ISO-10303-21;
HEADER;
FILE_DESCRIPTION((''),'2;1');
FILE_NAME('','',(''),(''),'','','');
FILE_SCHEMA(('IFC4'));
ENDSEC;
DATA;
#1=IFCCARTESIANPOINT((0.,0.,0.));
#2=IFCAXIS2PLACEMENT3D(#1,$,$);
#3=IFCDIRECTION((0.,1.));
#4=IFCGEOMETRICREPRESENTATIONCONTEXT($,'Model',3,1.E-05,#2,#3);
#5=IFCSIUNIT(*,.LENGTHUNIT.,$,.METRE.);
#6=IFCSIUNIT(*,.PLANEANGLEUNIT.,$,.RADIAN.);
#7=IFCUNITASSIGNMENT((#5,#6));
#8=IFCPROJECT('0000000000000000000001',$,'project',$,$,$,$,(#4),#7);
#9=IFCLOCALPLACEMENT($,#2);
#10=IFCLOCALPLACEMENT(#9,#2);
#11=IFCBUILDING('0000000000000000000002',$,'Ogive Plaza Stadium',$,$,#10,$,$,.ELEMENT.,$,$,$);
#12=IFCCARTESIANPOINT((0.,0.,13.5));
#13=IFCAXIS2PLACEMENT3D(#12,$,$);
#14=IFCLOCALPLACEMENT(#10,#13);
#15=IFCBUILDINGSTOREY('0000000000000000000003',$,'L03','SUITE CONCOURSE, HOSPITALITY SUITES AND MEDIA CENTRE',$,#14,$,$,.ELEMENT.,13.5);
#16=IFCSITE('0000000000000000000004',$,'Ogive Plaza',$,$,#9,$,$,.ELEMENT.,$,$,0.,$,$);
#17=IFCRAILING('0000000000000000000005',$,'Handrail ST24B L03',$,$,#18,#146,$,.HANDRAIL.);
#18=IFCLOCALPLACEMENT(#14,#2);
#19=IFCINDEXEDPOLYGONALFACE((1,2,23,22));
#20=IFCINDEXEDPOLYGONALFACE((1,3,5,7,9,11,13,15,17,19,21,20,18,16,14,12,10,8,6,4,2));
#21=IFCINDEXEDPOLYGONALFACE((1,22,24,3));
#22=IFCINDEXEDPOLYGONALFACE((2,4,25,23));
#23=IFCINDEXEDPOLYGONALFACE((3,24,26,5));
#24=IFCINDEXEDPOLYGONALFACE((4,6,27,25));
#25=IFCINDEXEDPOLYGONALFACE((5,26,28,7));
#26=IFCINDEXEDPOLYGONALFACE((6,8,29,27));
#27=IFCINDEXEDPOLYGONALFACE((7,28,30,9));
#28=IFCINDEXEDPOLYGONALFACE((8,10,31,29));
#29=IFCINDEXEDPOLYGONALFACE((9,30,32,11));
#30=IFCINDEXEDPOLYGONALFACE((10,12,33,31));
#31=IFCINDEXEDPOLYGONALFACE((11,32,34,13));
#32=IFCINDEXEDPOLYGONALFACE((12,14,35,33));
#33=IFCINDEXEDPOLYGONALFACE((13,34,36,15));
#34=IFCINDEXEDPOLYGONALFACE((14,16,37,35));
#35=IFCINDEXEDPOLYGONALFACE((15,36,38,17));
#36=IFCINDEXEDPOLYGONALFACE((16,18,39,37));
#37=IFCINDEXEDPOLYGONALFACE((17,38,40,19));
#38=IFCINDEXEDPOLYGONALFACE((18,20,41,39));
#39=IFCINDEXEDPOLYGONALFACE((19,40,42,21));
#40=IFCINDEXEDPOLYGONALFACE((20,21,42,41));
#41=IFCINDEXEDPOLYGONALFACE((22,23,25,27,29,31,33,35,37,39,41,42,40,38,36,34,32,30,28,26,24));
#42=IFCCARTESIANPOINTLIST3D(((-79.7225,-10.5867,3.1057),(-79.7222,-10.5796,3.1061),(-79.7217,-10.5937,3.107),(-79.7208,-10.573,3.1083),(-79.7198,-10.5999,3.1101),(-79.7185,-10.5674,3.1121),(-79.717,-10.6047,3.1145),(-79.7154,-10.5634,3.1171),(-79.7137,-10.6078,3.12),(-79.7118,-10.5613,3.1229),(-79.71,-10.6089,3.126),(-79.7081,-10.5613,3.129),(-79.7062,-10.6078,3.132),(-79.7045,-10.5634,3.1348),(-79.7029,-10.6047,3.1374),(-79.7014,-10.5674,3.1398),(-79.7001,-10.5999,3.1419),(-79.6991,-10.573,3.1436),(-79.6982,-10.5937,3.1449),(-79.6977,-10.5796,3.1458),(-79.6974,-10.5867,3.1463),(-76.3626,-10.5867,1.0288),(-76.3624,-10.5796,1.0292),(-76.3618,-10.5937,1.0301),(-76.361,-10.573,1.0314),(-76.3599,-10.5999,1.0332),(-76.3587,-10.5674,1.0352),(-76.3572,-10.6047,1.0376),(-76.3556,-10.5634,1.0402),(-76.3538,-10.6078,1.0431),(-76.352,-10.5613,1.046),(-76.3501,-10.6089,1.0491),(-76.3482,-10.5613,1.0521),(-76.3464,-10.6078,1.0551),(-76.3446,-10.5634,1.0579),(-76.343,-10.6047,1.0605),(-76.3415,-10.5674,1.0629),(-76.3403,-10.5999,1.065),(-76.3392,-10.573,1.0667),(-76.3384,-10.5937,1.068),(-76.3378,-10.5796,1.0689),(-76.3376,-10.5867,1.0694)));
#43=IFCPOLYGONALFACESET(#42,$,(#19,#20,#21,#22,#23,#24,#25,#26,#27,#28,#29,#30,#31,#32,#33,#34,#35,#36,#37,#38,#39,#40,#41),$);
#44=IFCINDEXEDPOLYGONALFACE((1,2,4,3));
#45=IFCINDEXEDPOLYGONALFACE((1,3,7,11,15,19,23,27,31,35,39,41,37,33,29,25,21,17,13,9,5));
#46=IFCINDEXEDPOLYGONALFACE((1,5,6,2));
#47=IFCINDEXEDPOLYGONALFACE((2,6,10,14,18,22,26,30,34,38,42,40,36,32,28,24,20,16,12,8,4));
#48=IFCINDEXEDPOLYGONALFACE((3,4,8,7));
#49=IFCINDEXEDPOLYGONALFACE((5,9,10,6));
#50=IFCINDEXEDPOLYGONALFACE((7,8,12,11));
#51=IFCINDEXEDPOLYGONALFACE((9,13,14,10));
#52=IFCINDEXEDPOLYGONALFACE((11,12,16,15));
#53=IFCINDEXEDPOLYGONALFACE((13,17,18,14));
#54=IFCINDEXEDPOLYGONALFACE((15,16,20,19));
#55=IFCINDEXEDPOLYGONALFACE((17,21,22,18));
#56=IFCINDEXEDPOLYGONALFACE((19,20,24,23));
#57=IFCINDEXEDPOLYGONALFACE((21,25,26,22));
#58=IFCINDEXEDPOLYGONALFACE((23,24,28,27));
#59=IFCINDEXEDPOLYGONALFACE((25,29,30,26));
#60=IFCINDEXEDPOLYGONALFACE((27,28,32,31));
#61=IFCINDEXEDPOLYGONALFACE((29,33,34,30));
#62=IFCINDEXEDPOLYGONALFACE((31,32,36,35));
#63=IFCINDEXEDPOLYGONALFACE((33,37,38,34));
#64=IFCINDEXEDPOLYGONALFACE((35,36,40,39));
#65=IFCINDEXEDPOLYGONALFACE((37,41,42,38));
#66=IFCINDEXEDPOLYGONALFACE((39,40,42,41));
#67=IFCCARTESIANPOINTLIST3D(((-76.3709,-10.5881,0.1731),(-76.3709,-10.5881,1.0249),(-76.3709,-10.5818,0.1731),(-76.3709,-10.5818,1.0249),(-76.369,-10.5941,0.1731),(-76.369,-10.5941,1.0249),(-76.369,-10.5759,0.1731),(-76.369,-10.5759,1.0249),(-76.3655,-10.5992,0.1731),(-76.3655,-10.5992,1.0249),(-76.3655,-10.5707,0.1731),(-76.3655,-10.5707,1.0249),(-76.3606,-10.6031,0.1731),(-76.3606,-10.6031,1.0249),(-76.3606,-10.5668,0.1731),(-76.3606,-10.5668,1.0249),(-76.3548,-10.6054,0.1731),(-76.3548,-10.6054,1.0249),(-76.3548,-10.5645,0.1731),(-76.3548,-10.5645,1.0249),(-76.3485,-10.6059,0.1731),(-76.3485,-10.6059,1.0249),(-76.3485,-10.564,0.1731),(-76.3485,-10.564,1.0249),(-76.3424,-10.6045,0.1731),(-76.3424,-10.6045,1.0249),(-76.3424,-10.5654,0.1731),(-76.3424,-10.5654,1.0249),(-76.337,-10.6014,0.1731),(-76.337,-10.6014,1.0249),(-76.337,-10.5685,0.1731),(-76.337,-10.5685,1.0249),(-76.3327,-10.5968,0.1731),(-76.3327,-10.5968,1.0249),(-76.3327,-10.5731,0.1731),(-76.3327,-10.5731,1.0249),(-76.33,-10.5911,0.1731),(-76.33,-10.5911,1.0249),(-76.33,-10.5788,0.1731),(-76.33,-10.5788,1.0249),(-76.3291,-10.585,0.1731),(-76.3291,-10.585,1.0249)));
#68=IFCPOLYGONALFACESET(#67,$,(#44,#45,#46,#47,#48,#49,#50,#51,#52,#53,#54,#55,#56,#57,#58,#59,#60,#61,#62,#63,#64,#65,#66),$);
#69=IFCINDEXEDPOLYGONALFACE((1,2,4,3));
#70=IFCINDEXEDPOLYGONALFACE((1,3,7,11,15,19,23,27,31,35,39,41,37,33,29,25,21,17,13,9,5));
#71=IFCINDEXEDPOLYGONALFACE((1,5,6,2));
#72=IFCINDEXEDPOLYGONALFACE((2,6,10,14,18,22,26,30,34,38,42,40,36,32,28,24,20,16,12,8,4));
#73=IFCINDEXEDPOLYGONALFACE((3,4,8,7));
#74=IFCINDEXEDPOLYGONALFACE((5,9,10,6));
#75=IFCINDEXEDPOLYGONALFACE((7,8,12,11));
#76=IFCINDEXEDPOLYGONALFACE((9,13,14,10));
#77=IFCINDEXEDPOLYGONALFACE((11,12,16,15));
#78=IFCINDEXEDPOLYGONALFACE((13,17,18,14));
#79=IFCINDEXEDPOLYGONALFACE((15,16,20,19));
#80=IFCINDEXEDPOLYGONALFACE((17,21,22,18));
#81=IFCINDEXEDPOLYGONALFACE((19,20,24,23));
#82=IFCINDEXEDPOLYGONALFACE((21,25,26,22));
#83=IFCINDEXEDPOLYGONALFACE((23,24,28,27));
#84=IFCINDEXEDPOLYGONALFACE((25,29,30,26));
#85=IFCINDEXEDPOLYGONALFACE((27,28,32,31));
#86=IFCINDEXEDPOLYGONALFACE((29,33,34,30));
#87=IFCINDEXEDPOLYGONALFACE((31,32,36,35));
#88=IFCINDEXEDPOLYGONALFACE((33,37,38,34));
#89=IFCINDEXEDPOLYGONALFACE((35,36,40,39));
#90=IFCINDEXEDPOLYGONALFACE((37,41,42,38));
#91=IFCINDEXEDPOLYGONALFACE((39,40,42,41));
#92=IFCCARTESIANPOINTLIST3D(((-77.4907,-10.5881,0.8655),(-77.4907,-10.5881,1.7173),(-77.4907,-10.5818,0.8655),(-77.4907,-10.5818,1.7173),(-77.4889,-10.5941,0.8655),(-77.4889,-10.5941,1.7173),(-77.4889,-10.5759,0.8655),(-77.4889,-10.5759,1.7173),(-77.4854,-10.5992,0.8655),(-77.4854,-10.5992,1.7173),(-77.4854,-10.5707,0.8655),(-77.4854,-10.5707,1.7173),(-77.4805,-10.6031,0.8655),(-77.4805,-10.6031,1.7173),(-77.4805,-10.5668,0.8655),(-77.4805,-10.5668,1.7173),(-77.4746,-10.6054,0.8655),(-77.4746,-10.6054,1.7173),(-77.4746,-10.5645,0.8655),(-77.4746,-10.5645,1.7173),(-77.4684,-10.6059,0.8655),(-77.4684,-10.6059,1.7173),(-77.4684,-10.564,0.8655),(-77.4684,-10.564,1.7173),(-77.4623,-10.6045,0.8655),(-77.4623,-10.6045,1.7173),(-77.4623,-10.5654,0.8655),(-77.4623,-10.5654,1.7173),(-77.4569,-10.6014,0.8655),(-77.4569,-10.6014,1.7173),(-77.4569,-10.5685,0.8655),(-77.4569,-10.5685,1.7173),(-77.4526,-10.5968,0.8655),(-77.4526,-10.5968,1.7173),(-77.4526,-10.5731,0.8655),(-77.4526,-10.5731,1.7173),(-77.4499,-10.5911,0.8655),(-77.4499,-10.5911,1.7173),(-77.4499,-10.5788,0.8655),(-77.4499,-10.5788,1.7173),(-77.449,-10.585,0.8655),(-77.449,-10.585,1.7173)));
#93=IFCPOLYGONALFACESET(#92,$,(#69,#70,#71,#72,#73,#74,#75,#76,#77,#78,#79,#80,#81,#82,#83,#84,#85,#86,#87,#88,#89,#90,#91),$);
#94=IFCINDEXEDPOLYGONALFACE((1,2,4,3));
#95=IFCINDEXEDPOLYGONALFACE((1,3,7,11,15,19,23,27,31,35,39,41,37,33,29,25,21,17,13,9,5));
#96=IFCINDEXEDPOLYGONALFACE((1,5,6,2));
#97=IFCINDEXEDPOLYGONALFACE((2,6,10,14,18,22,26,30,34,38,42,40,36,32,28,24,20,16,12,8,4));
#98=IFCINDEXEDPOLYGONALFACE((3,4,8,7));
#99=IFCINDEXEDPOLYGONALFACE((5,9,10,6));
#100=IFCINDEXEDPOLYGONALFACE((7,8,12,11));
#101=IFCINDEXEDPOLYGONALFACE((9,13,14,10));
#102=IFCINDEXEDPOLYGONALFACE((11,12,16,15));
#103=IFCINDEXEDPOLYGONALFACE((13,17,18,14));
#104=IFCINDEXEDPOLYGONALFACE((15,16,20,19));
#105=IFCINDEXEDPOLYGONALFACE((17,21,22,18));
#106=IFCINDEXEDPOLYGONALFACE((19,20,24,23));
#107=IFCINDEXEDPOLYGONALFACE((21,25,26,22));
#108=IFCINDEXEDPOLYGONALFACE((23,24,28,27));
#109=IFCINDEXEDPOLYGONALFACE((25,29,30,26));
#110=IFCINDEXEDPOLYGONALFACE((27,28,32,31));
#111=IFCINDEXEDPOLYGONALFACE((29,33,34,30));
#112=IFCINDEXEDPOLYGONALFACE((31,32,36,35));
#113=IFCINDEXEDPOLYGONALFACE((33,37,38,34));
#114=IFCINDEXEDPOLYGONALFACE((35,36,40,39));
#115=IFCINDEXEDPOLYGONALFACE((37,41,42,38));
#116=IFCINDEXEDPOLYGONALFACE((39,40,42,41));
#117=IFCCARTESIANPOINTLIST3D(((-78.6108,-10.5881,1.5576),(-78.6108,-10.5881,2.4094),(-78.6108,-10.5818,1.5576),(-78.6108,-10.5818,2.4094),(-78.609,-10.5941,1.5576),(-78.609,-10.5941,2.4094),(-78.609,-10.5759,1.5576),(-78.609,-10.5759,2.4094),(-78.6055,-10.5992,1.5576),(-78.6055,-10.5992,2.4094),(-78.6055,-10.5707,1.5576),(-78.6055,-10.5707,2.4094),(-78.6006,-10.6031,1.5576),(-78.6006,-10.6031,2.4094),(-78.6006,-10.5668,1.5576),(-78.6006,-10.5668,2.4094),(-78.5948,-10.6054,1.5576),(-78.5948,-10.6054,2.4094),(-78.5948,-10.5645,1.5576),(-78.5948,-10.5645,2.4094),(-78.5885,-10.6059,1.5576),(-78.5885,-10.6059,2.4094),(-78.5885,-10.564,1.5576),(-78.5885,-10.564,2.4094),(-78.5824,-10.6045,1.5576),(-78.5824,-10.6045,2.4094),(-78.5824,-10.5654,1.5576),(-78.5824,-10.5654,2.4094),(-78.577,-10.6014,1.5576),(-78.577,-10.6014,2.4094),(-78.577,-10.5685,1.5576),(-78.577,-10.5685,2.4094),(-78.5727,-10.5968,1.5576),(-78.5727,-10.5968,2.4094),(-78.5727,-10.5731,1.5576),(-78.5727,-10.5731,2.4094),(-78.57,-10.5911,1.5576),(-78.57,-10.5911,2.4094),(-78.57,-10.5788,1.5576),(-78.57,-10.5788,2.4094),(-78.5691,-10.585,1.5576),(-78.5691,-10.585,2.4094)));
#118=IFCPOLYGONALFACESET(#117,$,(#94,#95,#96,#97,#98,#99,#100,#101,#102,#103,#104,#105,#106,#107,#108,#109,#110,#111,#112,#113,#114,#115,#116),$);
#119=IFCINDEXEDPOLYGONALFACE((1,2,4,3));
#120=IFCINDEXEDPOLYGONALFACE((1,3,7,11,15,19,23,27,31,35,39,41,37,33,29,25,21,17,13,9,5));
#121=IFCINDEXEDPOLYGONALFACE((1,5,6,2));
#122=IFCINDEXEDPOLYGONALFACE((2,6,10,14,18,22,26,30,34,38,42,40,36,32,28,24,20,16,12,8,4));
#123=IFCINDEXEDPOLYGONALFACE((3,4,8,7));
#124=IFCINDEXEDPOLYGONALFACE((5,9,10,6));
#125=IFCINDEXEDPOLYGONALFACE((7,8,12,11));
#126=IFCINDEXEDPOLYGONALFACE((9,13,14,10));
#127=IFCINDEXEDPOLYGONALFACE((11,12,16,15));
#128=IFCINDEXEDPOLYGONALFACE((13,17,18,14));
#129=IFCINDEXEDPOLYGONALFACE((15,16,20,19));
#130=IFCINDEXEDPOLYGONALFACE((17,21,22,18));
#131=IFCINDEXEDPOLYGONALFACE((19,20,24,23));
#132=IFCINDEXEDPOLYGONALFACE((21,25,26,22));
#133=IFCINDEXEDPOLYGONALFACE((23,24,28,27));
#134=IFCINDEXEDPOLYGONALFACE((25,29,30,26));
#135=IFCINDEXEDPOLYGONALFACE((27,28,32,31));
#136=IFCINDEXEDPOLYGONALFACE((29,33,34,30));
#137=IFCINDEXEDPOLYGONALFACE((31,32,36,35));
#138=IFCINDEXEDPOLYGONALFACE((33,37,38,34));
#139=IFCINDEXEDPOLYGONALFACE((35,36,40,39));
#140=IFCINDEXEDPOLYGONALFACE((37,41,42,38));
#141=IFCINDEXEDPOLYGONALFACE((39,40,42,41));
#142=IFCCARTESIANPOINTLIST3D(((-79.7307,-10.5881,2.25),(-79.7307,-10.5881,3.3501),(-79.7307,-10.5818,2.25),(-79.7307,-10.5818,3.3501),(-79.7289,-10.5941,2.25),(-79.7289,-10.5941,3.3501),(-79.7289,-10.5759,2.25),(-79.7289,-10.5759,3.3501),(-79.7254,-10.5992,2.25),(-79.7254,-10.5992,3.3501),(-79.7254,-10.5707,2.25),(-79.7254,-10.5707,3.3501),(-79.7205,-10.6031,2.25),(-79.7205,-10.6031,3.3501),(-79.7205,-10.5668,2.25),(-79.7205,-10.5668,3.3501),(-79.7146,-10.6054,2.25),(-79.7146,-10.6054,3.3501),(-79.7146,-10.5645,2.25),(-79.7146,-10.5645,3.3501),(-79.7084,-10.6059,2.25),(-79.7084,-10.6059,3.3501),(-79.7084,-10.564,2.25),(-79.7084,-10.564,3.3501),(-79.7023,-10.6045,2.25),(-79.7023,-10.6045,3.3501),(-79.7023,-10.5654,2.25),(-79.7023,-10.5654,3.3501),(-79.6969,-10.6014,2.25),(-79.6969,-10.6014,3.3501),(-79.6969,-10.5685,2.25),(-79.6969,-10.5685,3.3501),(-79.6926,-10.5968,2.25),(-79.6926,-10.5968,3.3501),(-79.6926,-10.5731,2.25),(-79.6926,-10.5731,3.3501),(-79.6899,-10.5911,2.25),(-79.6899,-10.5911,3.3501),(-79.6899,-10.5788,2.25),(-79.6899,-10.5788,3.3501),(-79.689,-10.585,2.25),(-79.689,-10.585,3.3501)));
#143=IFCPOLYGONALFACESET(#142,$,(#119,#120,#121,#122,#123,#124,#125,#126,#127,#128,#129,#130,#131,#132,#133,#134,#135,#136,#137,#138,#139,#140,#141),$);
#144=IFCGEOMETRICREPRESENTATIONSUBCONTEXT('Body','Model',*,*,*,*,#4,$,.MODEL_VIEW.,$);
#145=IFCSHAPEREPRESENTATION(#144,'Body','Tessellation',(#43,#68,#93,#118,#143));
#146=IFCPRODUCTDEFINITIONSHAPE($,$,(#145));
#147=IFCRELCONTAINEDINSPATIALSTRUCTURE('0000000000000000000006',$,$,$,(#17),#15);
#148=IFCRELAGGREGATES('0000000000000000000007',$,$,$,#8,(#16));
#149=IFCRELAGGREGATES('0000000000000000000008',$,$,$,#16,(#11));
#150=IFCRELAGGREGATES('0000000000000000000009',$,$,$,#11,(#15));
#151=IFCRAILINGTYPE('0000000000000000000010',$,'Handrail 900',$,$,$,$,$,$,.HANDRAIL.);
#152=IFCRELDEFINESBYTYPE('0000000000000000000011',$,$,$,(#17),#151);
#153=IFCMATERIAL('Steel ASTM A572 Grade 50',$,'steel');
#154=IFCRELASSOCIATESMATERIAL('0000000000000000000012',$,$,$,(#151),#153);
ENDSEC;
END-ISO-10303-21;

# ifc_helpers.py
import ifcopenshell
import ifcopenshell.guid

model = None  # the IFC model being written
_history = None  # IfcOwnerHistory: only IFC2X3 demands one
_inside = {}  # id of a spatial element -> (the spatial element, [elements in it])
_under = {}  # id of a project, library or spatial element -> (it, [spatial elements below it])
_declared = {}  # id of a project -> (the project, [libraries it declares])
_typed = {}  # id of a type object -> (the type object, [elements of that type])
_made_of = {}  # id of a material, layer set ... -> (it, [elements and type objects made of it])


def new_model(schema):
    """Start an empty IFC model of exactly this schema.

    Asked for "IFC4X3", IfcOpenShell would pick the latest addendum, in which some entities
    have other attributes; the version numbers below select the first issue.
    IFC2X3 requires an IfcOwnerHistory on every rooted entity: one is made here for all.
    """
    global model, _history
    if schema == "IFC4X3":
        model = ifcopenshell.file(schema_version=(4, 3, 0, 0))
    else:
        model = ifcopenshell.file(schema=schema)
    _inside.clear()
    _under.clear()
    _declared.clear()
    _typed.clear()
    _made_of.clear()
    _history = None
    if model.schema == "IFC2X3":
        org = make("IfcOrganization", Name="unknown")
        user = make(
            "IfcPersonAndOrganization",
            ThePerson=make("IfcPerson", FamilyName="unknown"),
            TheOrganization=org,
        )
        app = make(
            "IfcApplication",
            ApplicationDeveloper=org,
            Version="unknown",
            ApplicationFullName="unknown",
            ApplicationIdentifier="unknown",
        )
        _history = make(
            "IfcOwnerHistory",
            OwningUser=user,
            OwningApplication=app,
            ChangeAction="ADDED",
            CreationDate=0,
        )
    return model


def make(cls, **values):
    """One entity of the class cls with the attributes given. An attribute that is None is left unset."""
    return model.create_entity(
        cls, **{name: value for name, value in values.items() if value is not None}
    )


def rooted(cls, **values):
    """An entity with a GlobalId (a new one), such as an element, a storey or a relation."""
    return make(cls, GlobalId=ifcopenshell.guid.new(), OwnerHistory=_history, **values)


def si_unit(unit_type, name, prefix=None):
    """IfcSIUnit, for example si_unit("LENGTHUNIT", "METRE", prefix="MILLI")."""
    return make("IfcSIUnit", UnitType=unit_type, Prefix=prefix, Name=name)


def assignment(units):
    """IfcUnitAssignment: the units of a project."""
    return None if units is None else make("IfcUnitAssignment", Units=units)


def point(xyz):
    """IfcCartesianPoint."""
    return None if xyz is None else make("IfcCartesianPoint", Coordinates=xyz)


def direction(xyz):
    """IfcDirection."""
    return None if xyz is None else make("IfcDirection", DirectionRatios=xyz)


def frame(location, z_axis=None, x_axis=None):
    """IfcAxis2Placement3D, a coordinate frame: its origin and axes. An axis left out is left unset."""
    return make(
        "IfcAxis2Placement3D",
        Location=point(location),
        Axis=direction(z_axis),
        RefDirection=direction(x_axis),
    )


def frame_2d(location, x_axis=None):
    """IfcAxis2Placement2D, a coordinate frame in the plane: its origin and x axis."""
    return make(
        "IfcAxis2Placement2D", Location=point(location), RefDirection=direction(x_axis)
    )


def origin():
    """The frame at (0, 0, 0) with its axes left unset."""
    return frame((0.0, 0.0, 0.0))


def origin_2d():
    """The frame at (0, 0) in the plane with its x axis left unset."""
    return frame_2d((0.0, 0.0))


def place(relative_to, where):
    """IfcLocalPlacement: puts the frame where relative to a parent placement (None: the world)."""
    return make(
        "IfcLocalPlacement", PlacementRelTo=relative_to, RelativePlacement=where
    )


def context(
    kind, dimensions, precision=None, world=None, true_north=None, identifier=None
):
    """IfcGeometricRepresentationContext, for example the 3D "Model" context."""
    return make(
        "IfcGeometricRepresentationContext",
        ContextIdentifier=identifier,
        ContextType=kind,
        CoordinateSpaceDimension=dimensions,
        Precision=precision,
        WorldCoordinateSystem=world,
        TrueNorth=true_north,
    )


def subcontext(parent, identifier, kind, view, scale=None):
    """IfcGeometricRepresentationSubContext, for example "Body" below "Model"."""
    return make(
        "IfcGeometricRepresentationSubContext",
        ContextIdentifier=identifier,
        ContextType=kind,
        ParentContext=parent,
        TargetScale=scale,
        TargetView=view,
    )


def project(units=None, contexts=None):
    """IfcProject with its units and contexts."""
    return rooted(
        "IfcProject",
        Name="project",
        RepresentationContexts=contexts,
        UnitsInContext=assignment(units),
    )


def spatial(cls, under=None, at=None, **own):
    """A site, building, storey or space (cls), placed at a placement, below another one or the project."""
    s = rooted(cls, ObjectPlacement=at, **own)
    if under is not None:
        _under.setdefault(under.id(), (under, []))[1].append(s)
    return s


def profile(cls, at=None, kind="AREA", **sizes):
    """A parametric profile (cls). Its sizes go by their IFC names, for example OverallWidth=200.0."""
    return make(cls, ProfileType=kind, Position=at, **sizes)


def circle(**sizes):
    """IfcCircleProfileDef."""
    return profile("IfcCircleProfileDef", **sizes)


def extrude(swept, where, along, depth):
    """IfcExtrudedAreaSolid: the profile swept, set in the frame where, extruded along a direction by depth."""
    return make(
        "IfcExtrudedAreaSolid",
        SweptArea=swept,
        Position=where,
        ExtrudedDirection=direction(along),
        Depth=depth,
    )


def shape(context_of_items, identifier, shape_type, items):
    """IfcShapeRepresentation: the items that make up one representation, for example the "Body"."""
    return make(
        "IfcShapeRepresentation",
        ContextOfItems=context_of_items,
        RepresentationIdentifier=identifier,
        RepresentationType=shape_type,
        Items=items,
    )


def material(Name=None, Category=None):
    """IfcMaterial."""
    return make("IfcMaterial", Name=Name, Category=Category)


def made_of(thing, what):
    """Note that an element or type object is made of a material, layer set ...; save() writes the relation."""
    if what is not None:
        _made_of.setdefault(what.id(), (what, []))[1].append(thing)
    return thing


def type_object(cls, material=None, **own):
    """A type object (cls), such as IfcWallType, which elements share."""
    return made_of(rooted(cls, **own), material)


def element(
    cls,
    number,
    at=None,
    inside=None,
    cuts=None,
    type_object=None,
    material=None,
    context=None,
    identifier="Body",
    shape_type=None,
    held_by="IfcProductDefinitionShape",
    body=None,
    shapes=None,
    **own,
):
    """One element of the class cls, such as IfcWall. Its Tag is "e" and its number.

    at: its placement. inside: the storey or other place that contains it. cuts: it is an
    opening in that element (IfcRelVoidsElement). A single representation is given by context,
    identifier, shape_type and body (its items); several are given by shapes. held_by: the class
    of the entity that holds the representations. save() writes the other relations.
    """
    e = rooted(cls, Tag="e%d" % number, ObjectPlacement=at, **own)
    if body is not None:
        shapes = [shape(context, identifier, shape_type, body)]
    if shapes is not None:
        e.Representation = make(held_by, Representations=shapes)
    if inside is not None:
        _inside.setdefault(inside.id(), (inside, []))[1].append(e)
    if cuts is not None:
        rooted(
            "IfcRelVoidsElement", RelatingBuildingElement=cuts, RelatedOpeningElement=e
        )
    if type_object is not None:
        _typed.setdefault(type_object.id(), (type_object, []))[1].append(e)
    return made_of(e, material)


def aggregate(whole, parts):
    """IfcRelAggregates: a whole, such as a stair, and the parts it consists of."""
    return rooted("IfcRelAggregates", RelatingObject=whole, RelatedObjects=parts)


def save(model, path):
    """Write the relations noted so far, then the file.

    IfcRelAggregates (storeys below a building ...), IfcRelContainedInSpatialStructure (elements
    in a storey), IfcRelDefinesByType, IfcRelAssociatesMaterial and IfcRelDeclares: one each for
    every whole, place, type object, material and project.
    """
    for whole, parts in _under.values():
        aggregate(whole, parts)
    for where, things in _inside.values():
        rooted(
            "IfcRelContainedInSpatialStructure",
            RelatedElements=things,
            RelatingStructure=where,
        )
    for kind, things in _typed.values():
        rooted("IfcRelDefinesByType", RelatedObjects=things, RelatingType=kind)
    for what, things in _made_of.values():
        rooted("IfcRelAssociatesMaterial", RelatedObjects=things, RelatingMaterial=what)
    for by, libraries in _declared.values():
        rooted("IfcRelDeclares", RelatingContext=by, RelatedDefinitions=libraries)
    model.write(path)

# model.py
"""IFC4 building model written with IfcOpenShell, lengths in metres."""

from ifc_helpers import new_model, si_unit, direction, frame, origin, origin_2d, place, context, subcontext, project, spatial, circle, extrude, material, type_object, element, save


model = new_model("IFC4")

# Units and contexts
model_context = context("Model", 3, precision=1e-05, world=origin(), true_north=direction((0.0, 1.0)))
body_context = subcontext(model_context, "Body", "Model", "MODEL_VIEW")
ifc_project = project(units=[si_unit("LENGTHUNIT", "METRE"), si_unit("PLANEANGLEUNIT", "RADIAN")], contexts=[model_context])

# Site, building, storey
site_placement = place(None, origin())
site = spatial("IfcSite", under=ifc_project, at=site_placement, Name="Ogive Plaza", CompositionType="ELEMENT", RefElevation=0.0)
building_placement = place(site_placement, origin())
building = spatial("IfcBuilding", under=site, at=building_placement, Name="Ogive Plaza Stadium", CompositionType="ELEMENT")
storey_placement = place(building_placement, frame((0.0, 0.0, 13.5)))
storey = spatial("IfcBuildingStorey", under=building, at=storey_placement, Name="L03", Description="SUITE CONCOURSE, HOSPITALITY SUITES AND MEDIA CENTRE", CompositionType="ELEMENT", Elevation=13.5)

# Railing
ifc_material_1 = material(Name="Steel ASTM A572 Grade 50", Category="steel")
railing_type_1 = type_object("IfcRailingType", Name="Handrail 900", PredefinedType="HANDRAIL", material=ifc_material_1)
for number, where, name in (
    (1, (-76.3501, -10.585, 0.1731), "Handrail ST24B L03"),
):
    element("IfcRailing", number, at=place(storey_placement, frame(where)), inside=storey, type_object=railing_type_1, Name=name, PredefinedType="HANDRAIL", context=body_context, shape_type="SweptSolid", body=[
        extrude(circle(Radius=0.0239, at=origin_2d()), frame((0.0, 0.0, 0.876), z_axis=(-0.850606, 0.0, 0.525803), x_axis=(0.0, -1.0, 0.0)), (0.0, 0.0, 1.0), 3.95),
        extrude(circle(Radius=0.021, at=origin_2d()), origin(), (0.0, 0.0, 1.0), 0.8518),
        extrude(circle(Radius=0.021, at=origin_2d()), frame((-1.1199, 0.0, 0.6924)), (0.0, 0.0, 1.0), 0.8518),
        extrude(circle(Radius=0.021, at=origin_2d()), frame((-2.24, 0.0, 1.3845)), (0.0, 0.0, 1.0), 0.8518),
        extrude(circle(Radius=0.021, at=origin_2d()), frame((-3.3599, 0.0, 2.0769)), (0.0, 0.0, 1.0), 1.1001),
    ])

save(model, "model.ifc")
